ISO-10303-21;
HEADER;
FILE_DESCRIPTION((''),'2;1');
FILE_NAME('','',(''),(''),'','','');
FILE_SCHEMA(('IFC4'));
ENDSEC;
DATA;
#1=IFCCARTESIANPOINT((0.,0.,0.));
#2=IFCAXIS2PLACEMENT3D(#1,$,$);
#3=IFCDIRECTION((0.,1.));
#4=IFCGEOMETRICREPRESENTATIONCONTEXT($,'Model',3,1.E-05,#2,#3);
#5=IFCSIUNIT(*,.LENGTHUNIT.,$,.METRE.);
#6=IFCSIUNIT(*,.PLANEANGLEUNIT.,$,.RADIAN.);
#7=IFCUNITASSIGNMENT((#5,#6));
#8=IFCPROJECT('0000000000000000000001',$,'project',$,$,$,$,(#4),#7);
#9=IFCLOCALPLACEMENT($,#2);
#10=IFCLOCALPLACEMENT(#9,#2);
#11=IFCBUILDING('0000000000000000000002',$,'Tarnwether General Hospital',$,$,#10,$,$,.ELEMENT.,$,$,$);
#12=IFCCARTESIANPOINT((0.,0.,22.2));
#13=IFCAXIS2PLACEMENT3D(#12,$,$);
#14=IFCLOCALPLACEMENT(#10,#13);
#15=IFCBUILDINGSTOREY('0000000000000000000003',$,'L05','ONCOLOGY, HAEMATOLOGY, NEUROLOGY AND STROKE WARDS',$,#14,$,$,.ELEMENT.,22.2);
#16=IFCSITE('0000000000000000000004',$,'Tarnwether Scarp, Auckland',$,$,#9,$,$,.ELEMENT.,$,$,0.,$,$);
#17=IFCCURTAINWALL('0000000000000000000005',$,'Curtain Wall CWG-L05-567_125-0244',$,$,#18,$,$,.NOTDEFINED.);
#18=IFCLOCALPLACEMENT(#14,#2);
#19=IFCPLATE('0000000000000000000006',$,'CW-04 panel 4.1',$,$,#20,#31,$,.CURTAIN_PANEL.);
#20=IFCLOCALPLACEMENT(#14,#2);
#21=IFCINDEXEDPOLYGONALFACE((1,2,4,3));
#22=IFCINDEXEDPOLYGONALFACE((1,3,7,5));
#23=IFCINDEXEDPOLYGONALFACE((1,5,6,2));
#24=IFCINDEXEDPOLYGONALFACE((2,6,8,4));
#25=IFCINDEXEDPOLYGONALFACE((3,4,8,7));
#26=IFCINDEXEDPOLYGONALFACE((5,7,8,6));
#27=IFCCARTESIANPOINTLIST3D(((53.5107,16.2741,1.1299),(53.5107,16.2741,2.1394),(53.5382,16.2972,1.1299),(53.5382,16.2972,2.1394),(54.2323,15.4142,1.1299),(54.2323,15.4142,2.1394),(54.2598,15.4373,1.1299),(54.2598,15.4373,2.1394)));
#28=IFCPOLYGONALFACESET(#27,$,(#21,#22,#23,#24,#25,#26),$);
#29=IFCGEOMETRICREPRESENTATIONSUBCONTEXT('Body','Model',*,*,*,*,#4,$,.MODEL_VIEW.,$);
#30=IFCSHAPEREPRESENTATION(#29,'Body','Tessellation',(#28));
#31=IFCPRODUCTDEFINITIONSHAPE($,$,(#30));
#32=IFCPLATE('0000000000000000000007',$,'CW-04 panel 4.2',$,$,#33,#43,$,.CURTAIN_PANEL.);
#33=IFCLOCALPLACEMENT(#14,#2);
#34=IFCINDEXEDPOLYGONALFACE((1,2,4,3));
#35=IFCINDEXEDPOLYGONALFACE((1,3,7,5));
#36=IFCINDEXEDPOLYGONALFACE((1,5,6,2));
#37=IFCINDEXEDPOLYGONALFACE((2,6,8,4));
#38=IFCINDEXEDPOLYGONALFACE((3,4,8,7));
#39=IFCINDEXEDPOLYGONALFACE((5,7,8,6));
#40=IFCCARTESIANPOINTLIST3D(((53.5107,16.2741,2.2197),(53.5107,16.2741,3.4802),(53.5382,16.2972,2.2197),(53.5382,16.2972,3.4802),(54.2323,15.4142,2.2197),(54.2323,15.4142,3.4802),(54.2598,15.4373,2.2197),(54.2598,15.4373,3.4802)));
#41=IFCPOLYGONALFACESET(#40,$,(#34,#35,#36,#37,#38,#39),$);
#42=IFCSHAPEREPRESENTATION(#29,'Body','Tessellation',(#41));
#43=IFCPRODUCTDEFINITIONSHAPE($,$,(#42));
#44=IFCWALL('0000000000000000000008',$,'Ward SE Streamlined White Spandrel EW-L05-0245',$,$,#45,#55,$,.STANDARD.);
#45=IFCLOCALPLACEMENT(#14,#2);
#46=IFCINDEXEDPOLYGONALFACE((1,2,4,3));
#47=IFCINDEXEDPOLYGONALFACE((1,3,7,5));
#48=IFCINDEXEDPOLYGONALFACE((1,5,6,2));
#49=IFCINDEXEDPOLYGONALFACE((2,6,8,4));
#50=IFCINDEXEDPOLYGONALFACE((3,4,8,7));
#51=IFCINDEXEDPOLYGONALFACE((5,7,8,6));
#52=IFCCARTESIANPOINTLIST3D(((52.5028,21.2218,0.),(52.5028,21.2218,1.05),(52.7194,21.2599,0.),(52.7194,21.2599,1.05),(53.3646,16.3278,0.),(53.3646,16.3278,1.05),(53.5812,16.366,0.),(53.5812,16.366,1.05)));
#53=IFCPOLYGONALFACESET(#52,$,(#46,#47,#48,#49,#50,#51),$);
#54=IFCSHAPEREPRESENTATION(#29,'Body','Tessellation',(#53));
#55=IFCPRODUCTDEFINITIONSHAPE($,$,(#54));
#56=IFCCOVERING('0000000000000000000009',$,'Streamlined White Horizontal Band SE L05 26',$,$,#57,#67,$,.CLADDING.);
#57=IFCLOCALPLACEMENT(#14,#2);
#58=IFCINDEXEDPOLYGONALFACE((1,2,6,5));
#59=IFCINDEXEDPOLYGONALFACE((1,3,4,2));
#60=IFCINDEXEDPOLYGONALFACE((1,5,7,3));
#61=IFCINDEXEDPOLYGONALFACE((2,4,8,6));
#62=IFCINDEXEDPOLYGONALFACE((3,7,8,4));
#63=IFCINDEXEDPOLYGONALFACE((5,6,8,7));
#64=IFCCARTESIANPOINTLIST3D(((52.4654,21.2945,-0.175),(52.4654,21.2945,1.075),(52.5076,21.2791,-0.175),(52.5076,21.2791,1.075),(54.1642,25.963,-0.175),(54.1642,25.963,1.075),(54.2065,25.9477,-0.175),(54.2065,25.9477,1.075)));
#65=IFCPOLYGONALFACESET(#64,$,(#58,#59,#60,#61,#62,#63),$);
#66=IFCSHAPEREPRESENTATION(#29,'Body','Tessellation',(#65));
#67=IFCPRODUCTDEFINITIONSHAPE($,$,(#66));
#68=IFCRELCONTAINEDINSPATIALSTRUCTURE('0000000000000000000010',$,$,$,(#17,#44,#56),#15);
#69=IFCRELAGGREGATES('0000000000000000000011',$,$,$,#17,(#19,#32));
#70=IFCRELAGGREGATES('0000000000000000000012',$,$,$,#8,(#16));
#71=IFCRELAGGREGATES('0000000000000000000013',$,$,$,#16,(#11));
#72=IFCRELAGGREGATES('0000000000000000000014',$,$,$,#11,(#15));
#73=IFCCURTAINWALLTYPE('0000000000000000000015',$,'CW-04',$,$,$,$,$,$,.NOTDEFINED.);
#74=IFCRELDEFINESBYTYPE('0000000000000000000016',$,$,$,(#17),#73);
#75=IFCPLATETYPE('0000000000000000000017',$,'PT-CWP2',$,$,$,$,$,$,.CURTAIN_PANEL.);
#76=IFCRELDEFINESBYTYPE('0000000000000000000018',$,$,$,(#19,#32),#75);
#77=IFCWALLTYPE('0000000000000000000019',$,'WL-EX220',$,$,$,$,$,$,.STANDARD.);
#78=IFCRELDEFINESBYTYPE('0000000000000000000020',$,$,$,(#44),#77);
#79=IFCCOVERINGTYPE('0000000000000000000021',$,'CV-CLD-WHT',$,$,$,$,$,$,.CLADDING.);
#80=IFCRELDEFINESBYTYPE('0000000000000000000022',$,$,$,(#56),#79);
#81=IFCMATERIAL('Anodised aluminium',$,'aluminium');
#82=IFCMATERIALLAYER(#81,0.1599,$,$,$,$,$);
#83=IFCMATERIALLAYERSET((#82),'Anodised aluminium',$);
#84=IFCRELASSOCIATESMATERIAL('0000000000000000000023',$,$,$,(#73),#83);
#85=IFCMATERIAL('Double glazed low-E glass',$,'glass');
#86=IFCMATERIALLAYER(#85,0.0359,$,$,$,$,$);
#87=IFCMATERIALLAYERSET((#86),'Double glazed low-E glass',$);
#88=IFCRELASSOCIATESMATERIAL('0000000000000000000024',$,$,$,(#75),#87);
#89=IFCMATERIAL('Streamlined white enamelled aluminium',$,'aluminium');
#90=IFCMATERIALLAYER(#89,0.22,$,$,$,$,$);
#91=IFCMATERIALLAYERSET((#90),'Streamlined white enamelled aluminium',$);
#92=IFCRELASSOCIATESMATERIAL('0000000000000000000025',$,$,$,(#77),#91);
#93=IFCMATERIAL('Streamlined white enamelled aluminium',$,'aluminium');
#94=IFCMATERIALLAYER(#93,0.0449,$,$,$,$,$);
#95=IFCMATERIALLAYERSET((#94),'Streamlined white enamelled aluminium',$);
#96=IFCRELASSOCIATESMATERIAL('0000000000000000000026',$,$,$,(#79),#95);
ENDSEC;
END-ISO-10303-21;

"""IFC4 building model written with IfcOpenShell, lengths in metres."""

from ifc_helpers import new_model, si_unit, direction, frame, frame_2d, origin, origin_2d, place, context, subcontext, project, spatial, rectangle, extrude, material, layer, layer_set, type_object, element, aggregate, save


model = new_model("IFC4")

# Units and contexts
model_context = context("Model", 3, precision=1e-05, world=origin(), true_north=direction((0.0, 1.0)))
body_context = subcontext(model_context, "Body", "Model", "MODEL_VIEW")
ifc_project = project(units=[si_unit("LENGTHUNIT", "METRE"), si_unit("PLANEANGLEUNIT", "RADIAN")], contexts=[model_context])

# Site, building, storey
site_placement = place(None, origin())
site = spatial("IfcSite", under=ifc_project, at=site_placement, Name="Tarnwether Scarp, Auckland", CompositionType="ELEMENT", RefElevation=0.0)
building_placement = place(site_placement, origin())
building = spatial("IfcBuilding", under=site, at=building_placement, Name="Tarnwether General Hospital", CompositionType="ELEMENT")
storey_placement = place(building_placement, frame((0.0, 0.0, 22.2)))
storey = spatial("IfcBuildingStorey", under=building, at=storey_placement, Name="L05", Description="ONCOLOGY, HAEMATOLOGY, NEUROLOGY AND STROKE WARDS", CompositionType="ELEMENT", Elevation=22.2)

# Shared definitions
ifc_material_1 = material(Name="Anodised aluminium", Category="aluminium")
ifc_layer_1 = layer(ifc_material_1, 0.1599)
ifc_layer_set_1 = layer_set([ifc_layer_1], Name="Anodised aluminium")
curtain_wall_type = type_object("IfcCurtainWallType", Name="CW-04", PredefinedType="NOTDEFINED", material=ifc_layer_set_1)

# Curtain wall
curtain_wall_1_placement = place(storey_placement, origin())
curtain_wall_1 = element("IfcCurtainWall", 1, at=curtain_wall_1_placement, inside=storey, type_object=curtain_wall_type, Name="Curtain Wall CWG-L05-567_125-0244", PredefinedType="NOTDEFINED")

# Plates
ifc_material_2 = material(Name="Double glazed low-E glass", Category="glass")
ifc_layer_2 = layer(ifc_material_2, 0.0359)
ifc_layer_set_2 = layer_set([ifc_layer_2], Name="Double glazed low-E glass")
plate_type_1 = type_object("IfcPlateType", Name="PT-CWP2", PredefinedType="CURTAIN_PANEL", material=ifc_layer_set_2)
plate_1_placement = place(storey_placement, frame((53.8853, 15.8557, 1.1299), z_axis=(0.0, 0.0, 1.0), x_axis=(-0.642852, 0.76599, 0.0)))
plate_1 = element("IfcPlate", 2, at=plate_1_placement, type_object=plate_type_1, Name="CW-04 panel 4.1", PredefinedType="CURTAIN_PANEL", context=body_context, shape_type="SweptSolid", body=[
    extrude(rectangle(XDim=1.1226, YDim=0.0359, at=origin_2d()), origin(), (0.0, 0.0, 1.0), 1.0095),
])
plate_2_placement = place(storey_placement, frame((53.8853, 15.8557, 2.2197), z_axis=(0.0, 0.0, 1.0), x_axis=(-0.642852, 0.76599, 0.0)))
plate_2 = element("IfcPlate", 3, at=plate_2_placement, type_object=plate_type_1, Name="CW-04 panel 4.2", PredefinedType="CURTAIN_PANEL", context=body_context, shape_type="SweptSolid", body=[
    extrude(rectangle(XDim=1.1226, YDim=0.0359, at=origin_2d()), origin(), (0.0, 0.0, 1.0), 1.2605),
])
aggregate(curtain_wall_1, [plate_1, plate_2])

# Wall
ifc_material_3 = material(Name="Streamlined white enamelled aluminium", Category="aluminium")
ifc_layer_3 = layer(ifc_material_3, 0.22)
ifc_layer_set_3 = layer_set([ifc_layer_3], Name="Streamlined white enamelled aluminium")
wall_type = type_object("IfcWallType", Name="WL-EX220", PredefinedType="STANDARD", material=ifc_layer_set_3)
wall_placement = place(storey_placement, frame((53.4729, 16.3469, 0.0), z_axis=(0.0, 0.0, 1.0), x_axis=(-0.173427, 0.984847, 0.0)))
element("IfcWall", 4, at=wall_placement, inside=storey, type_object=wall_type, Name="Ward SE Streamlined White Spandrel EW-L05-0245", PredefinedType="STANDARD", context=body_context, shape_type="SweptSolid", body=[
    extrude(rectangle(XDim=4.9692, YDim=0.22, at=frame_2d((2.4846, 0.0))), origin(), (0.0, 0.0, 1.0), 1.05),
])

# Covering
ifc_material_4 = material(Name="Streamlined white enamelled aluminium", Category="aluminium")
ifc_layer_4 = layer(ifc_material_4, 0.0449)
ifc_layer_set_4 = layer_set([ifc_layer_4], Name="Streamlined white enamelled aluminium")
covering_type = type_object("IfcCoveringType", Name="CV-CLD-WHT", PredefinedType="CLADDING", material=ifc_layer_set_4)
covering_placement = place(storey_placement, frame((53.3359, 23.6211, -0.175), z_axis=(0.0, 0.0, 1.0), x_axis=(0.341955, 0.939716, 0.0)))
element("IfcCovering", 5, at=covering_placement, inside=storey, type_object=covering_type, Name="Streamlined White Horizontal Band SE L05 26", PredefinedType="CLADDING", context=body_context, shape_type="SweptSolid", body=[
    extrude(rectangle(XDim=4.968, YDim=0.0449, at=origin_2d()), origin(), (0.0, 0.0, 1.0), 1.25),
])

save(model, "model.ifc")
